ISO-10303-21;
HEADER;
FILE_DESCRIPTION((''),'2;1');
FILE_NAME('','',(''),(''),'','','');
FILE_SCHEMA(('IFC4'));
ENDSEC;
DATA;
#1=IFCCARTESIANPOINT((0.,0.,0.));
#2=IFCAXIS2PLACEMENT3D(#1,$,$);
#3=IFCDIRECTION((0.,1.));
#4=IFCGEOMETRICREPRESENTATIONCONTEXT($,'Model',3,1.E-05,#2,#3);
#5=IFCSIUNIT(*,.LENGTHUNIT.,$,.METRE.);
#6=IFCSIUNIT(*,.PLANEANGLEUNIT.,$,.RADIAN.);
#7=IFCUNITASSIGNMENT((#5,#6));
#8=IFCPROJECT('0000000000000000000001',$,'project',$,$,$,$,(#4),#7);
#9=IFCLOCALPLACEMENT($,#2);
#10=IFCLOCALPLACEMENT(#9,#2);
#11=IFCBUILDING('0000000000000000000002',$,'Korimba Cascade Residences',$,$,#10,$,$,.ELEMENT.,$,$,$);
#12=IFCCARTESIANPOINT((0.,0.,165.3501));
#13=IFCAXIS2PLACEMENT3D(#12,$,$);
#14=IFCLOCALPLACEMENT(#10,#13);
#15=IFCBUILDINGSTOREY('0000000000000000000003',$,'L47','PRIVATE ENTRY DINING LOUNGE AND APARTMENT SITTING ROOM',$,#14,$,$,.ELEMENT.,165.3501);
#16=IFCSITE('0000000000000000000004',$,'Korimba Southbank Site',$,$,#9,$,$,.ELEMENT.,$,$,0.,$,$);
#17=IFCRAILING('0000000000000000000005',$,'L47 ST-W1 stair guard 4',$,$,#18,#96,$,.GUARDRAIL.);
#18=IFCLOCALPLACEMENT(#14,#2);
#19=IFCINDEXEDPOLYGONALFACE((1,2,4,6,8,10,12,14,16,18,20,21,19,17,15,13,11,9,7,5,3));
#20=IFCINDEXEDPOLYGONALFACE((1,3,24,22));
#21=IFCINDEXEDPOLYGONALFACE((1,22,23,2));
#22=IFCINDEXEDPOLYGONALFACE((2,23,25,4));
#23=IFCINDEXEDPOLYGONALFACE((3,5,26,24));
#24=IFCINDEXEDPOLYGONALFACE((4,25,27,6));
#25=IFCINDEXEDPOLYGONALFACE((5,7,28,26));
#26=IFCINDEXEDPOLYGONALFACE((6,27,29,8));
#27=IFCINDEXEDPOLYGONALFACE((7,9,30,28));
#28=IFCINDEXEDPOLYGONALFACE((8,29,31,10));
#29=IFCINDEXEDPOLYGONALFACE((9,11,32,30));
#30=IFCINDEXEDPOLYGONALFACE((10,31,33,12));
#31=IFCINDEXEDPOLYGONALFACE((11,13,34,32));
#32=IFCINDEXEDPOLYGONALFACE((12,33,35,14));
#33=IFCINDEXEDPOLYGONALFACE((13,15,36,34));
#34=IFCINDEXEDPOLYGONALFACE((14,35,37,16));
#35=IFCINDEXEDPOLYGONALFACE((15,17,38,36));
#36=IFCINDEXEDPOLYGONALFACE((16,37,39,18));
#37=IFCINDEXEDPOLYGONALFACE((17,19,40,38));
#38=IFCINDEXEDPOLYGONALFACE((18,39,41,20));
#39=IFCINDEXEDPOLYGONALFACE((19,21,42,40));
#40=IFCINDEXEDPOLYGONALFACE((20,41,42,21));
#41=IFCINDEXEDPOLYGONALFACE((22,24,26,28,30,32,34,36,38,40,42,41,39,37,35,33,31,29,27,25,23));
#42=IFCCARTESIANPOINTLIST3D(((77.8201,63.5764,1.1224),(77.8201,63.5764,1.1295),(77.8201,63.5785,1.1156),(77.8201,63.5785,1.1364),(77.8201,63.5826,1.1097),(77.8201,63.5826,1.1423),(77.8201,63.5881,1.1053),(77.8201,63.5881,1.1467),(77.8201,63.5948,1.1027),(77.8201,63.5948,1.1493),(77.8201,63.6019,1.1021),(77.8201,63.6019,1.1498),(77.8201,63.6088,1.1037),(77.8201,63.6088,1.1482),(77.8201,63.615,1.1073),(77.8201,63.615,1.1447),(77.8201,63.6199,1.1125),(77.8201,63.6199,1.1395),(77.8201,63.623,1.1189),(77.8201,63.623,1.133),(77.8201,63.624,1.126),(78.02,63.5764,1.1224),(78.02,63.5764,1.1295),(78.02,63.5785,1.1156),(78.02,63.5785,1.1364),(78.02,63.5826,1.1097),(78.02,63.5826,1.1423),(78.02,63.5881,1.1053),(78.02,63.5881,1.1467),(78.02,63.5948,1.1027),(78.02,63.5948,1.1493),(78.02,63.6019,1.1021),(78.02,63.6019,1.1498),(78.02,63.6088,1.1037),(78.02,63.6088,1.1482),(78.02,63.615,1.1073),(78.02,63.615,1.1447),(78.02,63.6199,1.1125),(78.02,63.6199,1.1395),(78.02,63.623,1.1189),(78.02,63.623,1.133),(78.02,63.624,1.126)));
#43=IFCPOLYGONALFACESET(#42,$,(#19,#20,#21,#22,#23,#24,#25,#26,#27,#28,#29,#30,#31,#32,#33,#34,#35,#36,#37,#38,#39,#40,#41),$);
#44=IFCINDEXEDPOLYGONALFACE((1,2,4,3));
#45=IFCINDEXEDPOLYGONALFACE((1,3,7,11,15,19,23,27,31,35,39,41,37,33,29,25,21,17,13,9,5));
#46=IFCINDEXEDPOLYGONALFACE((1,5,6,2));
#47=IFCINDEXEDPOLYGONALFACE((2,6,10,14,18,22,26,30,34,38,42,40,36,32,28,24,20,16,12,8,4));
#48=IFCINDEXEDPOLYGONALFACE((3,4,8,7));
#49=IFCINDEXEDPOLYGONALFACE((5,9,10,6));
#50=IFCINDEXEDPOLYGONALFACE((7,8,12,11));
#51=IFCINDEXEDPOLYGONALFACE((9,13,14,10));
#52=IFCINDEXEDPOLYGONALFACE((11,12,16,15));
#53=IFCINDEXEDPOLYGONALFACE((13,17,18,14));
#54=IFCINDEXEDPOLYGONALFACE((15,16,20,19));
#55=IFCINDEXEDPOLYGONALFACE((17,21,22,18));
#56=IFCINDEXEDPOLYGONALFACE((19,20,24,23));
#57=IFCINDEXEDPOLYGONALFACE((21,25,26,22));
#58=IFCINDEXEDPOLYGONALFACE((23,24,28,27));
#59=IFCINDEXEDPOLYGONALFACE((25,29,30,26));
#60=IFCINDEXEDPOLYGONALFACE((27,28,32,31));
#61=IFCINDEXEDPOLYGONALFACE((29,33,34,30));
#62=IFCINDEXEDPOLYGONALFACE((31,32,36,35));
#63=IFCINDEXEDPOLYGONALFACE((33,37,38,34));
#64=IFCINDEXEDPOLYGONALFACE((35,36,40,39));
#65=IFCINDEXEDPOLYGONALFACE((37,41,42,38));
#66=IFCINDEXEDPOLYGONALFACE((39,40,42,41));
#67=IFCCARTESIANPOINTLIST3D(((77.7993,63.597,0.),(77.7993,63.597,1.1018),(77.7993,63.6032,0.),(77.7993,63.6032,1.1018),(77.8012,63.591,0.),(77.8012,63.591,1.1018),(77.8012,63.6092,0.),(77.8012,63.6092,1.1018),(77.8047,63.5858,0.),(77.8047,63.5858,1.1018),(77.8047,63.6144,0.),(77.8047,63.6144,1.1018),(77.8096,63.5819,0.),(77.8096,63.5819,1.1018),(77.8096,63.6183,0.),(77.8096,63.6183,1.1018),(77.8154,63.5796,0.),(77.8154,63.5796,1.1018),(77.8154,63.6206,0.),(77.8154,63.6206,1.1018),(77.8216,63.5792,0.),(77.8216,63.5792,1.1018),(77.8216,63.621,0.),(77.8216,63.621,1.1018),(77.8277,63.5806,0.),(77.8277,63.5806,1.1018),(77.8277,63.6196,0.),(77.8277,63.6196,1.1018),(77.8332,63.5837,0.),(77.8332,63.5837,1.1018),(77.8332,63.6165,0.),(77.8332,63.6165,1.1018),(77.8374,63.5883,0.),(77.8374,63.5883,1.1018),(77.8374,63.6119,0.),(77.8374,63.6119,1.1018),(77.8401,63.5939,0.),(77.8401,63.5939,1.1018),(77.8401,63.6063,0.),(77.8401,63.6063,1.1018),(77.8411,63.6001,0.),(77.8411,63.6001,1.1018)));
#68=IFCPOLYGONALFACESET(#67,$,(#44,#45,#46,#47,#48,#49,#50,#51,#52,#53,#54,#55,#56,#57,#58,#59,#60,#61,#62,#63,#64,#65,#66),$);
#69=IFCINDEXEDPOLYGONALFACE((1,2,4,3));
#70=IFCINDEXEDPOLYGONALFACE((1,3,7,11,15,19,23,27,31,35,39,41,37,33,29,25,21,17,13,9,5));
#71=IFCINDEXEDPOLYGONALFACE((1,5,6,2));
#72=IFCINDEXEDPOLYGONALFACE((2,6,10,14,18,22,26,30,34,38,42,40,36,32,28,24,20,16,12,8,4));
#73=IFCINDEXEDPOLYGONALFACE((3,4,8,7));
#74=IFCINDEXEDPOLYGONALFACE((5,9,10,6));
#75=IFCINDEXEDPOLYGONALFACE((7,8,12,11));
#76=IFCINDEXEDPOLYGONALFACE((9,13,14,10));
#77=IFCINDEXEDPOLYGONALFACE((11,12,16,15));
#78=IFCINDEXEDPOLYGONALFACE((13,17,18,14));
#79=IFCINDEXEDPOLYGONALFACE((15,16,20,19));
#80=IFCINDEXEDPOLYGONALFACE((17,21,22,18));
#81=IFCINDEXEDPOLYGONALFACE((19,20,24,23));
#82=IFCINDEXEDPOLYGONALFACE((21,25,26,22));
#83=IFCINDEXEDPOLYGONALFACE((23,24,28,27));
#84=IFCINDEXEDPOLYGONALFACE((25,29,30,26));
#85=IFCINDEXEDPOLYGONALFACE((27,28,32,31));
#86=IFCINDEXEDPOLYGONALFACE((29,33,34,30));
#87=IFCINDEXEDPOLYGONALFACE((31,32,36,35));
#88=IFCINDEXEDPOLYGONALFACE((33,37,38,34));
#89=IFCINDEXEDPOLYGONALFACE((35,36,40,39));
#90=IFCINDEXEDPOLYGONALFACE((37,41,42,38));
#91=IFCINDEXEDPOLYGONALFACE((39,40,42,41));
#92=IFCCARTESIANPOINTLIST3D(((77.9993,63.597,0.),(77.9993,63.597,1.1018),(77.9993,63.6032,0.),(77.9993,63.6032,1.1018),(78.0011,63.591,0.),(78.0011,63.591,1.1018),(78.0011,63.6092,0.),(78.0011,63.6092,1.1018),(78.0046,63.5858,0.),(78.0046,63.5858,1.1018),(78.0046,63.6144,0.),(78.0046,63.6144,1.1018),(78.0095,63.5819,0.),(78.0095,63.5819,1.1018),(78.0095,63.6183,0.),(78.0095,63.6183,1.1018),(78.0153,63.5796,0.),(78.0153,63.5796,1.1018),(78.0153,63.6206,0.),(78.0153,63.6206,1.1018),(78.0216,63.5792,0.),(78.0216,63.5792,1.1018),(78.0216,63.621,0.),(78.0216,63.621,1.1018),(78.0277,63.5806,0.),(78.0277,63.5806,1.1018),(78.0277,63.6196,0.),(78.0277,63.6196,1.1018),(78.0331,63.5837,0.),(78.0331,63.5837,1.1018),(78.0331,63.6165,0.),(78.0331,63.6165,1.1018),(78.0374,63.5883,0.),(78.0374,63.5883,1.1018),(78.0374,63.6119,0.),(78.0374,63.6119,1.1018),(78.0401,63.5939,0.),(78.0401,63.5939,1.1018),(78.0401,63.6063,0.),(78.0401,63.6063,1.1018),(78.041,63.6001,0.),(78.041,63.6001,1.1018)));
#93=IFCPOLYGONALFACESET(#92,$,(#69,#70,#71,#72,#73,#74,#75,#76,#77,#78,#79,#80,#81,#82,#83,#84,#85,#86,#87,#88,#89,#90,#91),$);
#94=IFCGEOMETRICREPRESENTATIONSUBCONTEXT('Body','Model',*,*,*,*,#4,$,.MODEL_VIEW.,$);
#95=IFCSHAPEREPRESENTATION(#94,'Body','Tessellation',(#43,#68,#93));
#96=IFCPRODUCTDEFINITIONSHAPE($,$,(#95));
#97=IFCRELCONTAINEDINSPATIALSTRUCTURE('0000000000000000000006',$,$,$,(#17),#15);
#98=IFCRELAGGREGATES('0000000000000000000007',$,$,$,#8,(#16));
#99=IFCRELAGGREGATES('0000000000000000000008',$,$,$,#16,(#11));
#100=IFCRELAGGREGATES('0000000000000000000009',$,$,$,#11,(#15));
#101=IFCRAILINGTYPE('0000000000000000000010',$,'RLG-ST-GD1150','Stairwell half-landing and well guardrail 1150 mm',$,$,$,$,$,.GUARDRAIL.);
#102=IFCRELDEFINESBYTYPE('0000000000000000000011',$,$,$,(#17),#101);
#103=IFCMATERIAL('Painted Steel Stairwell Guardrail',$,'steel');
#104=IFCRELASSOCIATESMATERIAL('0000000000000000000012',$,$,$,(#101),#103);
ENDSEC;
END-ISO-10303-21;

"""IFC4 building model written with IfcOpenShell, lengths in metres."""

from ifc_helpers import new_model, si_unit, direction, frame, origin, origin_2d, place, context, subcontext, project, spatial, circle, extrude, material, type_object, element, save


model = new_model("IFC4")

# Units and contexts
model_context = context("Model", 3, precision=1e-05, world=origin(), true_north=direction((0.0, 1.0)))
body_context = subcontext(model_context, "Body", "Model", "MODEL_VIEW")
ifc_project = project(units=[si_unit("LENGTHUNIT", "METRE"), si_unit("PLANEANGLEUNIT", "RADIAN")], contexts=[model_context])

# Site, building, storey
site_placement = place(None, origin())
site = spatial("IfcSite", under=ifc_project, at=site_placement, Name="Korimba Southbank Site", CompositionType="ELEMENT", RefElevation=0.0)
building_placement = place(site_placement, origin())
building = spatial("IfcBuilding", under=site, at=building_placement, Name="Korimba Cascade Residences", CompositionType="ELEMENT")
storey_placement = place(building_placement, frame((0.0, 0.0, 165.3501)))
storey = spatial("IfcBuildingStorey", under=building, at=storey_placement, Name="L47", Description="PRIVATE ENTRY DINING LOUNGE AND APARTMENT SITTING ROOM", CompositionType="ELEMENT", Elevation=165.3501)

# Railing
ifc_material_1 = material(Name="Painted Steel Stairwell Guardrail", Category="steel")
railing_type_1 = type_object("IfcRailingType", Name="RLG-ST-GD1150", Description="Stairwell half-landing and well guardrail 1150 mm", PredefinedType="GUARDRAIL", material=ifc_material_1)
railing_1_placement = place(storey_placement, frame((77.8201, 63.6001, 0.0)))
element("IfcRailing", 1, at=railing_1_placement, inside=storey, type_object=railing_type_1, Name="L47 ST-W1 stair guard 4", PredefinedType="GUARDRAIL", context=body_context, shape_type="SweptSolid", body=[
    extrude(circle(Radius=0.0239, at=origin_2d()), frame((0.0, 0.0, 1.126), z_axis=(1.0, 0.0, 0.0), x_axis=(0.0, 1.0, 0.0)), (0.0, 0.0, 1.0), 0.2),
    extrude(circle(Radius=0.021, at=origin_2d()), origin(), (0.0, 0.0, 1.0), 1.1018),
    extrude(circle(Radius=0.021, at=origin_2d()), frame((0.2, 0.0, 0.0)), (0.0, 0.0, 1.0), 1.1018),
])

save(model, "model.ifc")
